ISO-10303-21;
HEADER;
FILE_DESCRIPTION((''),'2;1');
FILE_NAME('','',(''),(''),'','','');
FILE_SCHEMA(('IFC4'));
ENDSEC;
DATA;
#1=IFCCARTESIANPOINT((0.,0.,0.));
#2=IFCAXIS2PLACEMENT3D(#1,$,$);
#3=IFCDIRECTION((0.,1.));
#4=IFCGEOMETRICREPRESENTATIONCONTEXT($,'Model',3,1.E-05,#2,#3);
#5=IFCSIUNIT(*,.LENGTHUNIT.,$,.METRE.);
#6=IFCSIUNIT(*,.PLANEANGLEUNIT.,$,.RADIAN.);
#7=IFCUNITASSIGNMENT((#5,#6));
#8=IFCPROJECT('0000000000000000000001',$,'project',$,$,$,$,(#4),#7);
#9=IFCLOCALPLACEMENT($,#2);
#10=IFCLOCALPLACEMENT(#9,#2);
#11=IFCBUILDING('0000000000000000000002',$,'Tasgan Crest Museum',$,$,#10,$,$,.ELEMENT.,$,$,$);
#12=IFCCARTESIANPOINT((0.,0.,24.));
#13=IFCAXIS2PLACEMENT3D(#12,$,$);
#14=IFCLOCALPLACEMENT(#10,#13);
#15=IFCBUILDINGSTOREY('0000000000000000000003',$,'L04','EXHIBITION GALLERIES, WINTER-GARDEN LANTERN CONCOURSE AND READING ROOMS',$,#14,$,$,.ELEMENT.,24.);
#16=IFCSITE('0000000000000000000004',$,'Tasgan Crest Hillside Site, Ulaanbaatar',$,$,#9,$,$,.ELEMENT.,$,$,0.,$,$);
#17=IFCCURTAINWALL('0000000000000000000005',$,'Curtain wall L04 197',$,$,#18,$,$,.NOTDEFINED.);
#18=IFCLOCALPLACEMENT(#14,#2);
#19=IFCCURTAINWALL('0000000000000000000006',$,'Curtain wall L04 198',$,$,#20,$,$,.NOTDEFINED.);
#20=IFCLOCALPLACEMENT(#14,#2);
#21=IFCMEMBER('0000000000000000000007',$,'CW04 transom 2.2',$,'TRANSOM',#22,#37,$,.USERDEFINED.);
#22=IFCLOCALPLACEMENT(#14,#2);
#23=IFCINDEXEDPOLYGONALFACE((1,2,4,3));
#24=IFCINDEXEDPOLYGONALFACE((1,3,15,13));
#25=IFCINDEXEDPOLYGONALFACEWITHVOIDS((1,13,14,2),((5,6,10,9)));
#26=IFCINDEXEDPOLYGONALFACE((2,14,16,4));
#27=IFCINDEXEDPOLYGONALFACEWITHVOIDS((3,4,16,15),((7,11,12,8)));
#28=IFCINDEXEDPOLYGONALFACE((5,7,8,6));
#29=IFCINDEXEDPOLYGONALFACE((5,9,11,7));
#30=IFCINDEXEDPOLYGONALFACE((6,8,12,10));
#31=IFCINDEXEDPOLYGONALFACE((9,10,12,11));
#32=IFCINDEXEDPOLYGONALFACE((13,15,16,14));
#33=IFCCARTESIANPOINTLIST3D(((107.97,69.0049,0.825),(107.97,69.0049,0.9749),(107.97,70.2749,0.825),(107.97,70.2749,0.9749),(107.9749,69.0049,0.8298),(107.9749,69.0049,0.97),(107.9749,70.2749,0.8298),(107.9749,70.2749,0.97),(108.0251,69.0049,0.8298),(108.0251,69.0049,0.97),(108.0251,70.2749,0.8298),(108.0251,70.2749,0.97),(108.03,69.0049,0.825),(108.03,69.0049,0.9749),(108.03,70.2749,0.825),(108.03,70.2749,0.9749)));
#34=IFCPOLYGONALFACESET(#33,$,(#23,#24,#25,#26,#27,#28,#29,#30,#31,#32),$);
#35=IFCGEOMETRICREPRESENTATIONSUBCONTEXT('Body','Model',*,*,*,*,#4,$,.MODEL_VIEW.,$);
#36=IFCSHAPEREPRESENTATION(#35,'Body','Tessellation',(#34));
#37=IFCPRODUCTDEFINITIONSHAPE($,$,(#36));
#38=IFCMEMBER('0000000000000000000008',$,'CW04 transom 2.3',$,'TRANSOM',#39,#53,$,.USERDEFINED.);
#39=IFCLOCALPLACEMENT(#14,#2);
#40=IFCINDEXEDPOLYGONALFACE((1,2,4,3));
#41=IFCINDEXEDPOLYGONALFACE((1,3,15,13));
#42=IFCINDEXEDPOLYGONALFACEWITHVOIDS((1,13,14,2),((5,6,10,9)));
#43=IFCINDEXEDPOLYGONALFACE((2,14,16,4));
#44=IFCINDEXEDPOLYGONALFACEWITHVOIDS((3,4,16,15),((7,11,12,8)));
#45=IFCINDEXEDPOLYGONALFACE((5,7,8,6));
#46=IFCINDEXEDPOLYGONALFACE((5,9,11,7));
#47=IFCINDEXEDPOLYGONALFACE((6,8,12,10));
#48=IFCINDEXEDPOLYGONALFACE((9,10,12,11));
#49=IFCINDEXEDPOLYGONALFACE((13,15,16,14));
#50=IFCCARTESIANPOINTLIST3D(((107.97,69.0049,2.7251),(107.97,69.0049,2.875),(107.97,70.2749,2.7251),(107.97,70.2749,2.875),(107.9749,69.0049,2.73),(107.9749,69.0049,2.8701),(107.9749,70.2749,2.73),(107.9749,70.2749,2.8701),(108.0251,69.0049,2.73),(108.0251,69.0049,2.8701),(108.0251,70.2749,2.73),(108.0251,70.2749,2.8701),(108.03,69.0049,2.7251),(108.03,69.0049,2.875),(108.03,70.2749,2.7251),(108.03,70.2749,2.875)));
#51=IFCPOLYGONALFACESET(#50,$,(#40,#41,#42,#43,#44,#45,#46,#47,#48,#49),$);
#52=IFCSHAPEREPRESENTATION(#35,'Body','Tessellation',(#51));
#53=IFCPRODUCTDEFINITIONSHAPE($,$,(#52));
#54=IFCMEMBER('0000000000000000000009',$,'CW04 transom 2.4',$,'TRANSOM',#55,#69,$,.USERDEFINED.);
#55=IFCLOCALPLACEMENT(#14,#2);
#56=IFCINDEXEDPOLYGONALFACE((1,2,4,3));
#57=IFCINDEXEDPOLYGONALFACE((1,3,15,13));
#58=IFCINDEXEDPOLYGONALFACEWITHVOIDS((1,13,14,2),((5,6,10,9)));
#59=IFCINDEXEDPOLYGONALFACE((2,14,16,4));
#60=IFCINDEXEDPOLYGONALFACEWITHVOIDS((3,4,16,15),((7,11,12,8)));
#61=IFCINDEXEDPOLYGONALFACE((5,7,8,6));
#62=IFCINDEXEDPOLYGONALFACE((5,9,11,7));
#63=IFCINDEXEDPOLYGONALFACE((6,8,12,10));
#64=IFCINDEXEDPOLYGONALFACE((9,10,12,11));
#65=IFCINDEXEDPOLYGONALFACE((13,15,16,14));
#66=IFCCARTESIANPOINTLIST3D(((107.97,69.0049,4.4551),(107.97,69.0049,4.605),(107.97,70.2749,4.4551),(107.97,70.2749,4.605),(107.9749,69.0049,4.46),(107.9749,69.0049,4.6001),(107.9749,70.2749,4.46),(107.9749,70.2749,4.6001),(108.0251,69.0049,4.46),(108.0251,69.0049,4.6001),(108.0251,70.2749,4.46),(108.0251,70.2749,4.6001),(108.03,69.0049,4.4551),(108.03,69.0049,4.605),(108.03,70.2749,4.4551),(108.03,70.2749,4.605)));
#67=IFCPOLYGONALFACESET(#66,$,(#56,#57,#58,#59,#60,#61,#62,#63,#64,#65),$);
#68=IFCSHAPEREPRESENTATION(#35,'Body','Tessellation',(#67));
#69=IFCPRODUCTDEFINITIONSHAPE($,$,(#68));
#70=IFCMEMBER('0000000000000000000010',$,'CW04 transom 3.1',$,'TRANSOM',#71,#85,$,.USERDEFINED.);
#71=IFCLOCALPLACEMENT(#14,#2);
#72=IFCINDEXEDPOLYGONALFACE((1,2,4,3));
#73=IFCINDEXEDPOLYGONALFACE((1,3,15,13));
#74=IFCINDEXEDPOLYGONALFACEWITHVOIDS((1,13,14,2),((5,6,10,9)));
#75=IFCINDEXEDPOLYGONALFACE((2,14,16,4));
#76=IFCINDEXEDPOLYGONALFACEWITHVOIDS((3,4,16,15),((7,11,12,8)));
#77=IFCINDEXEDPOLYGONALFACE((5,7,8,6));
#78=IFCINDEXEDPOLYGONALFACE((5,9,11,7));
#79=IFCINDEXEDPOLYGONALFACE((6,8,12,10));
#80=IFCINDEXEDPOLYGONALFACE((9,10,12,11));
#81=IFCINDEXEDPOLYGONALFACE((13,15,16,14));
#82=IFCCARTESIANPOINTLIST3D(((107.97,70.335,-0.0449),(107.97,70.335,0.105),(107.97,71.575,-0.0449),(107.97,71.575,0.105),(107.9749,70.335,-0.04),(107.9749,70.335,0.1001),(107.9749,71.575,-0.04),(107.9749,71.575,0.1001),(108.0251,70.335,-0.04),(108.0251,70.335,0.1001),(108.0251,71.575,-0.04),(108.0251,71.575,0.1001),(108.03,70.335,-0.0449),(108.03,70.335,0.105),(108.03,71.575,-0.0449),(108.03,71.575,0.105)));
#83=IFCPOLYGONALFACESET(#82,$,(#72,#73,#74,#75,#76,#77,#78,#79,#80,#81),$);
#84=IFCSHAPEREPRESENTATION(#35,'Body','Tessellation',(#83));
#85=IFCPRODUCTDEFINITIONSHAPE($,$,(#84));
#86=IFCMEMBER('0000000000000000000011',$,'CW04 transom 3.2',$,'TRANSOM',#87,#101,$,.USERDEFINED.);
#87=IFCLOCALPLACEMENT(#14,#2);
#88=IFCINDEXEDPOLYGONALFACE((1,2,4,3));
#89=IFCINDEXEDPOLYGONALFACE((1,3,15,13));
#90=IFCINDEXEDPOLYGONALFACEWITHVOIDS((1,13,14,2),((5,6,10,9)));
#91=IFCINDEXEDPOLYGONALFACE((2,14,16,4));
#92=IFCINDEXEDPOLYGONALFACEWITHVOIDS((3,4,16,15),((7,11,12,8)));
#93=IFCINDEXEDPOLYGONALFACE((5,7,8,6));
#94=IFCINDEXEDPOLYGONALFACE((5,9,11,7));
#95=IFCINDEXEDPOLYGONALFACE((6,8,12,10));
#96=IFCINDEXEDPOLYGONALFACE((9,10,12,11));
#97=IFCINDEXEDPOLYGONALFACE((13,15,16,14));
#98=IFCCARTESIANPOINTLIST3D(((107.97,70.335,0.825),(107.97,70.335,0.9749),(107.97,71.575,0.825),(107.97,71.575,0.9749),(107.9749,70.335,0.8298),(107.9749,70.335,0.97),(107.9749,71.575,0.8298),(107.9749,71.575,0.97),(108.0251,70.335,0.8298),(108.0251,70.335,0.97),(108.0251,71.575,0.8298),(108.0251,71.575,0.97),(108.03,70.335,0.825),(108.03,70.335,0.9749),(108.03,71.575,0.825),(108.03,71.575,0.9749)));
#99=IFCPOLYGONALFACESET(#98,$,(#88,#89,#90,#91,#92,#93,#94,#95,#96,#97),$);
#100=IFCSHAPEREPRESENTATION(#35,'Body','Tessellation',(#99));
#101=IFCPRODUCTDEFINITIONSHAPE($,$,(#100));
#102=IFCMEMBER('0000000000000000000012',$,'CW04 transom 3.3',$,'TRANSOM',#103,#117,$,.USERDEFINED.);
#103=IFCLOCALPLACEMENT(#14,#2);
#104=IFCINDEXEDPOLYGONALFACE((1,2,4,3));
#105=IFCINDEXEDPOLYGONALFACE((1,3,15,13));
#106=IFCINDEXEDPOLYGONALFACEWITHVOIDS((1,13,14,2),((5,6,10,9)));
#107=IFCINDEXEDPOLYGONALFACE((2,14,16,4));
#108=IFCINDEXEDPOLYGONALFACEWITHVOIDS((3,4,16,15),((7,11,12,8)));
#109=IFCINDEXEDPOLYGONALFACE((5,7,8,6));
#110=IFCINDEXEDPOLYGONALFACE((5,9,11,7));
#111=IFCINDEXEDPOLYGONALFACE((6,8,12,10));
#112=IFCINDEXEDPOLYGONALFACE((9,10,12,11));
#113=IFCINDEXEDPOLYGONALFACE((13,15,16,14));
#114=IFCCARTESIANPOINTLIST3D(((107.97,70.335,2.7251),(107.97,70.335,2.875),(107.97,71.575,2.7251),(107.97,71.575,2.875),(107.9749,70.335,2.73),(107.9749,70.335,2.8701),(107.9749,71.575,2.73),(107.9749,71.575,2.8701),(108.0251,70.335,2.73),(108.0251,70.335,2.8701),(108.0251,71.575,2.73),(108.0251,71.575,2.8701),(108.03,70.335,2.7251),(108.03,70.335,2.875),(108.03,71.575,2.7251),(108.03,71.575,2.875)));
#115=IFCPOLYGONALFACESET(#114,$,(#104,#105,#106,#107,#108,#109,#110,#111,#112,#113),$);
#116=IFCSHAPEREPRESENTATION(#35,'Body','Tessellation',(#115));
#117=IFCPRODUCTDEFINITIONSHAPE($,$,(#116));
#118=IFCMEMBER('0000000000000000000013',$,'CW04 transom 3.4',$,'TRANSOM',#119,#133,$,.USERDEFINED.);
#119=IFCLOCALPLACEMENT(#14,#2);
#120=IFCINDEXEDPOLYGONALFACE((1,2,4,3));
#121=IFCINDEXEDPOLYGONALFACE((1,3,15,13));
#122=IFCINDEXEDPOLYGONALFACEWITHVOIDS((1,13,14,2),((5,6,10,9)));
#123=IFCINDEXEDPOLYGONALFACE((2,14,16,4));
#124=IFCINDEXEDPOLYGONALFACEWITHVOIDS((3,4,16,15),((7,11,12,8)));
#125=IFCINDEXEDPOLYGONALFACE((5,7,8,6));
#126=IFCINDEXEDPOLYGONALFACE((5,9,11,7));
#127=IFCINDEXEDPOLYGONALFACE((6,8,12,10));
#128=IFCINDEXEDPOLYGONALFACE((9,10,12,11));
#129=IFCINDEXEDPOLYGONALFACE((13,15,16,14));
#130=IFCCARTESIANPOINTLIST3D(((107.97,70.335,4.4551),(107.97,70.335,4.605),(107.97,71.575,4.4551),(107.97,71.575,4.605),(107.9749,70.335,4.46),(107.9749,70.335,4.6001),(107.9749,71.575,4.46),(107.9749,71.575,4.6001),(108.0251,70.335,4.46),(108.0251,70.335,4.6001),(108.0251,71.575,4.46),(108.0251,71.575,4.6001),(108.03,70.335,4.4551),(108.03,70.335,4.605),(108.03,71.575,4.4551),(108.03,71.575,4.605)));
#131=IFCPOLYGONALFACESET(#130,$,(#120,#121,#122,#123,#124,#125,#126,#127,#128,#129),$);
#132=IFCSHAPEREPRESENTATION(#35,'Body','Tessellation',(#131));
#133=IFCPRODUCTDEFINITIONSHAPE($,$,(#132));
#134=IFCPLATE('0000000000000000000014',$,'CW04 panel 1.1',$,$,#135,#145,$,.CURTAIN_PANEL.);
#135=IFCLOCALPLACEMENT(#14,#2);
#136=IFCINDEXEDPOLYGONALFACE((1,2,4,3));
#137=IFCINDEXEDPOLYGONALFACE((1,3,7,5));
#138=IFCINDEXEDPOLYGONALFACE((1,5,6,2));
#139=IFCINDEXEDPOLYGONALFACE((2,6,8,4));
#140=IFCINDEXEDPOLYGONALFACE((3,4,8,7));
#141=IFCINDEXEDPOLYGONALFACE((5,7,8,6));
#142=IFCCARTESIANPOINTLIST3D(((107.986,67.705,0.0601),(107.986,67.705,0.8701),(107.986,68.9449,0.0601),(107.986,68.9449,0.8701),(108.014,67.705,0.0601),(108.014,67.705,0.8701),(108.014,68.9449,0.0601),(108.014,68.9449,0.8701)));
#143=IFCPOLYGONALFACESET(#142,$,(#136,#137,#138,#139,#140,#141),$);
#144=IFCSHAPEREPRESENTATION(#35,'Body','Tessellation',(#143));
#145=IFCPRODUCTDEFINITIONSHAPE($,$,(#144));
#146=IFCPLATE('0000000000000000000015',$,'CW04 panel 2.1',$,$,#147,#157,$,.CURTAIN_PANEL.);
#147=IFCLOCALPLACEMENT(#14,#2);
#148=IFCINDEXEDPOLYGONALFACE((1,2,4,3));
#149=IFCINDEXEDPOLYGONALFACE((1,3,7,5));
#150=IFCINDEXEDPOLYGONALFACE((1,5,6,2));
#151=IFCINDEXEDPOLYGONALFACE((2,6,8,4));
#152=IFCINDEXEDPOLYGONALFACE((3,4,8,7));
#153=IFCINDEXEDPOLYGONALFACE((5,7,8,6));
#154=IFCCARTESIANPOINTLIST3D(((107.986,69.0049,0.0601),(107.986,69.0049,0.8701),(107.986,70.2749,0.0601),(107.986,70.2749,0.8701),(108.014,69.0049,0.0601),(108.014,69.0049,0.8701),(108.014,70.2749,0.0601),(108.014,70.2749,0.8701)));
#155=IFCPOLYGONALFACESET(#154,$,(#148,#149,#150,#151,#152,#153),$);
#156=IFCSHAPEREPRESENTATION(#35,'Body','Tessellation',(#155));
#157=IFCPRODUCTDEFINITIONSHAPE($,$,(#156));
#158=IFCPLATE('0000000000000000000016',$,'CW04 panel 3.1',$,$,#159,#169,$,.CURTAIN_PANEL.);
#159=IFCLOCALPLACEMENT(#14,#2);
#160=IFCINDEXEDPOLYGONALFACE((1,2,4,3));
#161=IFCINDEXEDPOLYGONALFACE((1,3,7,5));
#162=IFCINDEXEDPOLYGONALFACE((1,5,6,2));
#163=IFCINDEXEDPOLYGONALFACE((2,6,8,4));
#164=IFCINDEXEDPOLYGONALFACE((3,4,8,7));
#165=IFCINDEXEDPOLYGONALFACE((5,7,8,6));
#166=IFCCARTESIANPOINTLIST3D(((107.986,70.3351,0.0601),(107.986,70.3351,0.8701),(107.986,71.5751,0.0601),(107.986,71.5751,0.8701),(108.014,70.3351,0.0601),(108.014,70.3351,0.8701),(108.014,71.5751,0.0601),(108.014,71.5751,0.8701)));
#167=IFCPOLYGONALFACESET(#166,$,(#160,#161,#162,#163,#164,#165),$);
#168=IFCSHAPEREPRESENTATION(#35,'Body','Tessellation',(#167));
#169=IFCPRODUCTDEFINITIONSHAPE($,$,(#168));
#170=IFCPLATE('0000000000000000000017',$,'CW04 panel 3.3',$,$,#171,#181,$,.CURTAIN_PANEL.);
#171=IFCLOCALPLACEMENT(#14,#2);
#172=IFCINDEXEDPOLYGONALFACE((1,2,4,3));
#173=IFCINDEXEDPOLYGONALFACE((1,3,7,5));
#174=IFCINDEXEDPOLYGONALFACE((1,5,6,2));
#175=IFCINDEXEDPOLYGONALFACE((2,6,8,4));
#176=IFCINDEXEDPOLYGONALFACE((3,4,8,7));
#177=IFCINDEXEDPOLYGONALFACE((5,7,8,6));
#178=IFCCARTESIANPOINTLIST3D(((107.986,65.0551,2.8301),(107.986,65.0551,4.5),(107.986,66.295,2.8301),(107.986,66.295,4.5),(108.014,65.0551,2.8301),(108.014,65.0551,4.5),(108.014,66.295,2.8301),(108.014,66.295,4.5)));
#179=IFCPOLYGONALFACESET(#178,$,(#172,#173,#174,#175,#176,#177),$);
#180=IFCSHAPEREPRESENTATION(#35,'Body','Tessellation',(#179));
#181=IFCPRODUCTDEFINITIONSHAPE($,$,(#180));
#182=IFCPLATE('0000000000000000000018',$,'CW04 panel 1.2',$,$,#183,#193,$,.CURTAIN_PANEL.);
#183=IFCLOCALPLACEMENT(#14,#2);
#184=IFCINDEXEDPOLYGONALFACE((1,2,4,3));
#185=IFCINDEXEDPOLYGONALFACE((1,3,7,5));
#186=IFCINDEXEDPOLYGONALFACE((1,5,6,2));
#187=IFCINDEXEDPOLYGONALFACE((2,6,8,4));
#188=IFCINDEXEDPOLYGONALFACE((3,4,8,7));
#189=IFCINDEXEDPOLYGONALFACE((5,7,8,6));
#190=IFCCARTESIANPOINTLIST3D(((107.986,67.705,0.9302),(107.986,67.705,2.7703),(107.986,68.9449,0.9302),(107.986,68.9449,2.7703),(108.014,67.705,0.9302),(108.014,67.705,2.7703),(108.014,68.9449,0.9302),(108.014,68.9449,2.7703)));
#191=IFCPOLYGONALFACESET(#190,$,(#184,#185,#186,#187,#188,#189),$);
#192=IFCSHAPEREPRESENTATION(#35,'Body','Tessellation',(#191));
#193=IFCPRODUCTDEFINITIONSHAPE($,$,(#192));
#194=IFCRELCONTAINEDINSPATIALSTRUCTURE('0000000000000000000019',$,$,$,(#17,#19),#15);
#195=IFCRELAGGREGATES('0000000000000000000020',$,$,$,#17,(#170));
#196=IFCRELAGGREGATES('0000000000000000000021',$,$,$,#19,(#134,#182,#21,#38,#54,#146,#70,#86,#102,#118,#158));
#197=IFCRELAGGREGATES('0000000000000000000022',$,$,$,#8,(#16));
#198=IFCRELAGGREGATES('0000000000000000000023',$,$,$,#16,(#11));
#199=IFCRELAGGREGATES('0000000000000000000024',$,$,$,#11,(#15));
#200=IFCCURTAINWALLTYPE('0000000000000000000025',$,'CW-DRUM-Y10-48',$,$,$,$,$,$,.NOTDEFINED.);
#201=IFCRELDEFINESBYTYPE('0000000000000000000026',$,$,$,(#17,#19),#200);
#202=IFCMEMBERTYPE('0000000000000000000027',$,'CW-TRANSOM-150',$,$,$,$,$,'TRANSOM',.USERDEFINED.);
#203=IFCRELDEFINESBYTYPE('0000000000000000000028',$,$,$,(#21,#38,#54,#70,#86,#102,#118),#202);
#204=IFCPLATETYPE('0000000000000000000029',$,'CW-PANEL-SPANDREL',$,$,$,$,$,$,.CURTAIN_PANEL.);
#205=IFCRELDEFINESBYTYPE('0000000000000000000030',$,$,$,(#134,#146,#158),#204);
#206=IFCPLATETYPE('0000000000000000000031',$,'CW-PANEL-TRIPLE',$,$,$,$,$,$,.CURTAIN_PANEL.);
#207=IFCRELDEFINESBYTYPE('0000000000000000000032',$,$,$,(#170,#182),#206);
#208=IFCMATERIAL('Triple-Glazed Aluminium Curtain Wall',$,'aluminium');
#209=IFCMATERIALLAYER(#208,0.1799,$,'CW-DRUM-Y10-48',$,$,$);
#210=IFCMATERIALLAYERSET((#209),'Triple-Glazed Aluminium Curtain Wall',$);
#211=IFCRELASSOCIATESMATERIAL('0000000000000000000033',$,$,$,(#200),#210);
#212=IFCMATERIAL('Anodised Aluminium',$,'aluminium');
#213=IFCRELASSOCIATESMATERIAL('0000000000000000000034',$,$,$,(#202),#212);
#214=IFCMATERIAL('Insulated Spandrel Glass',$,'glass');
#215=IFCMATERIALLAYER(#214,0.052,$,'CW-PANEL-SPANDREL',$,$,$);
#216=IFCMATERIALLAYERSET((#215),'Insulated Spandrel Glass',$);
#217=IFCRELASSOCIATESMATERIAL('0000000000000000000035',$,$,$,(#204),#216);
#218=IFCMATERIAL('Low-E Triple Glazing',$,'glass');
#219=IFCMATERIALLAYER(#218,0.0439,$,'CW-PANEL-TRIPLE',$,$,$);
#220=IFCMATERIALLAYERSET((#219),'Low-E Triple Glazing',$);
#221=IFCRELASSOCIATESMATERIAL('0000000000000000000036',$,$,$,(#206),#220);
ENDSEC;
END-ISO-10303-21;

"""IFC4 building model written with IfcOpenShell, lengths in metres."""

from ifc_helpers import new_model, si_unit, direction, frame, origin, origin_2d, place, context, subcontext, project, spatial, rectangle, hollow_rectangle, extrude, material, layer, layer_set, material_profile, profile_set, type_object, element, aggregate, save


model = new_model("IFC4")

# Units and contexts
model_context = context("Model", 3, precision=1e-05, world=origin(), true_north=direction((0.0, 1.0)))
body_context = subcontext(model_context, "Body", "Model", "MODEL_VIEW")
ifc_project = project(units=[si_unit("LENGTHUNIT", "METRE"), si_unit("PLANEANGLEUNIT", "RADIAN")], contexts=[model_context])

# Site, building, storey
site_placement = place(None, origin())
site = spatial("IfcSite", under=ifc_project, at=site_placement, Name="Tasgan Crest Hillside Site, Ulaanbaatar", CompositionType="ELEMENT", RefElevation=0.0)
building_placement = place(site_placement, origin())
building = spatial("IfcBuilding", under=site, at=building_placement, Name="Tasgan Crest Museum", CompositionType="ELEMENT")
storey_placement = place(building_placement, frame((0.0, 0.0, 24.0)))
storey = spatial("IfcBuildingStorey", under=building, at=storey_placement, Name="L04", Description="EXHIBITION GALLERIES, WINTER-GARDEN LANTERN CONCOURSE AND READING ROOMS", CompositionType="ELEMENT", Elevation=24.0)

# Curtain wall
ifc_material_1 = material(Name="Triple-Glazed Aluminium Curtain Wall", Category="aluminium")
ifc_layer_1 = layer(ifc_material_1, 0.1799, Name="CW-DRUM-Y10-48")
ifc_layer_set_1 = layer_set([ifc_layer_1], Name="Triple-Glazed Aluminium Curtain Wall")
curtain_wall_type = type_object("IfcCurtainWallType", Name="CW-DRUM-Y10-48", PredefinedType="NOTDEFINED", material=ifc_layer_set_1)
curtain_wall_1_placement = place(storey_placement, origin())
curtain_wall_1 = element("IfcCurtainWall", 1, at=curtain_wall_1_placement, inside=storey, type_object=curtain_wall_type, Name="Curtain wall L04 197", PredefinedType="NOTDEFINED")

# Curtain wall, members, plates
curtain_wall_2_placement = place(storey_placement, origin())
curtain_wall_2 = element("IfcCurtainWall", 2, at=curtain_wall_2_placement, inside=storey, type_object=curtain_wall_type, Name="Curtain wall L04 198", PredefinedType="NOTDEFINED")
ifc_material_2 = material(Name="Anodised Aluminium", Category="aluminium")
ifc_material_profile_1 = material_profile(ifc_material_2, hollow_rectangle(XDim=0.0601, YDim=0.1499, WallThickness=0.0049, at=origin_2d()), Name="ALU TRANSOM 150x60x5")
ifc_profile_set_1 = profile_set([ifc_material_profile_1], Name="Anodised Aluminium")
member_type_1 = type_object("IfcMemberType", Name="CW-TRANSOM-150", ElementType="TRANSOM", PredefinedType="USERDEFINED", material=ifc_profile_set_1)
member_1_placement = place(storey_placement, frame((108.0, 69.0049, 0.8999), z_axis=(0.0, 1.0, 0.0), x_axis=(-1.0, 0.0, 0.0)))
member_1 = element("IfcMember", 3, at=member_1_placement, type_object=member_type_1, Name="CW04 transom 2.2", ObjectType="TRANSOM", PredefinedType="USERDEFINED", context=body_context, shape_type="SweptSolid", body=[
    extrude(hollow_rectangle(XDim=0.0601, YDim=0.1499, WallThickness=0.0049, at=origin_2d()), origin(), (0.0, 0.0, 1.0), 1.27),
])
member_2_placement = place(storey_placement, frame((108.0, 69.0049, 2.8), z_axis=(0.0, 1.0, 0.0), x_axis=(-1.0, 0.0, 0.0)))
member_2 = element("IfcMember", 4, at=member_2_placement, type_object=member_type_1, Name="CW04 transom 2.3", ObjectType="TRANSOM", PredefinedType="USERDEFINED", context=body_context, shape_type="SweptSolid", body=[
    extrude(hollow_rectangle(XDim=0.0601, YDim=0.1499, WallThickness=0.0049, at=origin_2d()), origin(), (0.0, 0.0, 1.0), 1.27),
])
member_3_placement = place(storey_placement, frame((108.0, 69.0049, 4.53), z_axis=(0.0, 1.0, 0.0), x_axis=(-1.0, 0.0, 0.0)))
member_3 = element("IfcMember", 5, at=member_3_placement, type_object=member_type_1, Name="CW04 transom 2.4", ObjectType="TRANSOM", PredefinedType="USERDEFINED", context=body_context, shape_type="SweptSolid", body=[
    extrude(hollow_rectangle(XDim=0.0601, YDim=0.1499, WallThickness=0.0049, at=origin_2d()), origin(), (0.0, 0.0, 1.0), 1.27),
])
member_4_placement = place(storey_placement, frame((108.0, 70.335, 0.03), z_axis=(0.0, 1.0, 0.0), x_axis=(-1.0, 0.0, 0.0)))
member_4 = element("IfcMember", 6, at=member_4_placement, type_object=member_type_1, Name="CW04 transom 3.1", ObjectType="TRANSOM", PredefinedType="USERDEFINED", context=body_context, shape_type="SweptSolid", body=[
    extrude(hollow_rectangle(XDim=0.0601, YDim=0.1499, WallThickness=0.0049, at=origin_2d()), origin(), (0.0, 0.0, 1.0), 1.24),
])
member_5_placement = place(storey_placement, frame((108.0, 70.335, 0.8999), z_axis=(0.0, 1.0, 0.0), x_axis=(-1.0, 0.0, 0.0)))
member_5 = element("IfcMember", 7, at=member_5_placement, type_object=member_type_1, Name="CW04 transom 3.2", ObjectType="TRANSOM", PredefinedType="USERDEFINED", context=body_context, shape_type="SweptSolid", body=[
    extrude(hollow_rectangle(XDim=0.0601, YDim=0.1499, WallThickness=0.0049, at=origin_2d()), origin(), (0.0, 0.0, 1.0), 1.24),
])
member_6_placement = place(storey_placement, frame((108.0, 70.335, 2.8), z_axis=(0.0, 1.0, 0.0), x_axis=(-1.0, 0.0, 0.0)))
member_6 = element("IfcMember", 8, at=member_6_placement, type_object=member_type_1, Name="CW04 transom 3.3", ObjectType="TRANSOM", PredefinedType="USERDEFINED", context=body_context, shape_type="SweptSolid", body=[
    extrude(hollow_rectangle(XDim=0.0601, YDim=0.1499, WallThickness=0.0049, at=origin_2d()), origin(), (0.0, 0.0, 1.0), 1.24),
])
member_7_placement = place(storey_placement, frame((108.0, 70.335, 4.53), z_axis=(0.0, 1.0, 0.0), x_axis=(-1.0, 0.0, 0.0)))
member_7 = element("IfcMember", 9, at=member_7_placement, type_object=member_type_1, Name="CW04 transom 3.4", ObjectType="TRANSOM", PredefinedType="USERDEFINED", context=body_context, shape_type="SweptSolid", body=[
    extrude(hollow_rectangle(XDim=0.0601, YDim=0.1499, WallThickness=0.0049, at=origin_2d()), origin(), (0.0, 0.0, 1.0), 1.24),
])
ifc_material_3 = material(Name="Insulated Spandrel Glass", Category="glass")
ifc_layer_2 = layer(ifc_material_3, 0.052, Name="CW-PANEL-SPANDREL")
ifc_layer_set_2 = layer_set([ifc_layer_2], Name="Insulated Spandrel Glass")
plate_type_1 = type_object("IfcPlateType", Name="CW-PANEL-SPANDREL", PredefinedType="CURTAIN_PANEL", material=ifc_layer_set_2)
plate_1_placement = place(storey_placement, frame((108.0, 68.325, 0.0601), z_axis=(0.0, 0.0, 1.0), x_axis=(0.0, 1.0, 0.0)))
plate_1 = element("IfcPlate", 10, at=plate_1_placement, type_object=plate_type_1, Name="CW04 panel 1.1", PredefinedType="CURTAIN_PANEL", context=body_context, shape_type="SweptSolid", body=[
    extrude(rectangle(XDim=1.24, YDim=0.0281, at=origin_2d()), origin(), (0.0, 0.0, 1.0), 0.8101),
])
plate_2_placement = place(storey_placement, frame((108.0, 69.6399, 0.0601), z_axis=(0.0, 0.0, 1.0), x_axis=(0.0, 1.0, 0.0)))
plate_2 = element("IfcPlate", 11, at=plate_2_placement, type_object=plate_type_1, Name="CW04 panel 2.1", PredefinedType="CURTAIN_PANEL", context=body_context, shape_type="SweptSolid", body=[
    extrude(rectangle(XDim=1.27, YDim=0.0281, at=origin_2d()), origin(), (0.0, 0.0, 1.0), 0.8101),
])
plate_3_placement = place(storey_placement, frame((108.0, 70.9551, 0.0601), z_axis=(0.0, 0.0, 1.0), x_axis=(0.0, 1.0, 0.0)))
plate_3 = element("IfcPlate", 12, at=plate_3_placement, type_object=plate_type_1, Name="CW04 panel 3.1", PredefinedType="CURTAIN_PANEL", context=body_context, shape_type="SweptSolid", body=[
    extrude(rectangle(XDim=1.24, YDim=0.0281, at=origin_2d()), origin(), (0.0, 0.0, 1.0), 0.8101),
])

# Plates
ifc_material_4 = material(Name="Low-E Triple Glazing", Category="glass")
ifc_layer_3 = layer(ifc_material_4, 0.0439, Name="CW-PANEL-TRIPLE")
ifc_layer_set_3 = layer_set([ifc_layer_3], Name="Low-E Triple Glazing")
plate_type_2 = type_object("IfcPlateType", Name="CW-PANEL-TRIPLE", PredefinedType="CURTAIN_PANEL", material=ifc_layer_set_3)
plate_4_placement = place(storey_placement, frame((108.0, 65.675, 2.8301), z_axis=(0.0, 0.0, 1.0), x_axis=(0.0, 1.0, 0.0)))
plate_4 = element("IfcPlate", 13, at=plate_4_placement, type_object=plate_type_2, Name="CW04 panel 3.3", PredefinedType="CURTAIN_PANEL", context=body_context, shape_type="SweptSolid", body=[
    extrude(rectangle(XDim=1.24, YDim=0.0281, at=origin_2d()), origin(), (0.0, 0.0, 1.0), 1.6699),
])
aggregate(curtain_wall_1, [plate_4])
plate_5_placement = place(storey_placement, frame((108.0, 68.325, 0.9302), z_axis=(0.0, 0.0, 1.0), x_axis=(0.0, 1.0, 0.0)))
plate_5 = element("IfcPlate", 14, at=plate_5_placement, type_object=plate_type_2, Name="CW04 panel 1.2", PredefinedType="CURTAIN_PANEL", context=body_context, shape_type="SweptSolid", body=[
    extrude(rectangle(XDim=1.24, YDim=0.0281, at=origin_2d()), origin(), (0.0, 0.0, 1.0), 1.8401),
])
aggregate(curtain_wall_2, [plate_1, plate_5, member_1, member_2, member_3, plate_2, member_4, member_5, member_6, member_7, plate_3])

save(model, "model.ifc")
